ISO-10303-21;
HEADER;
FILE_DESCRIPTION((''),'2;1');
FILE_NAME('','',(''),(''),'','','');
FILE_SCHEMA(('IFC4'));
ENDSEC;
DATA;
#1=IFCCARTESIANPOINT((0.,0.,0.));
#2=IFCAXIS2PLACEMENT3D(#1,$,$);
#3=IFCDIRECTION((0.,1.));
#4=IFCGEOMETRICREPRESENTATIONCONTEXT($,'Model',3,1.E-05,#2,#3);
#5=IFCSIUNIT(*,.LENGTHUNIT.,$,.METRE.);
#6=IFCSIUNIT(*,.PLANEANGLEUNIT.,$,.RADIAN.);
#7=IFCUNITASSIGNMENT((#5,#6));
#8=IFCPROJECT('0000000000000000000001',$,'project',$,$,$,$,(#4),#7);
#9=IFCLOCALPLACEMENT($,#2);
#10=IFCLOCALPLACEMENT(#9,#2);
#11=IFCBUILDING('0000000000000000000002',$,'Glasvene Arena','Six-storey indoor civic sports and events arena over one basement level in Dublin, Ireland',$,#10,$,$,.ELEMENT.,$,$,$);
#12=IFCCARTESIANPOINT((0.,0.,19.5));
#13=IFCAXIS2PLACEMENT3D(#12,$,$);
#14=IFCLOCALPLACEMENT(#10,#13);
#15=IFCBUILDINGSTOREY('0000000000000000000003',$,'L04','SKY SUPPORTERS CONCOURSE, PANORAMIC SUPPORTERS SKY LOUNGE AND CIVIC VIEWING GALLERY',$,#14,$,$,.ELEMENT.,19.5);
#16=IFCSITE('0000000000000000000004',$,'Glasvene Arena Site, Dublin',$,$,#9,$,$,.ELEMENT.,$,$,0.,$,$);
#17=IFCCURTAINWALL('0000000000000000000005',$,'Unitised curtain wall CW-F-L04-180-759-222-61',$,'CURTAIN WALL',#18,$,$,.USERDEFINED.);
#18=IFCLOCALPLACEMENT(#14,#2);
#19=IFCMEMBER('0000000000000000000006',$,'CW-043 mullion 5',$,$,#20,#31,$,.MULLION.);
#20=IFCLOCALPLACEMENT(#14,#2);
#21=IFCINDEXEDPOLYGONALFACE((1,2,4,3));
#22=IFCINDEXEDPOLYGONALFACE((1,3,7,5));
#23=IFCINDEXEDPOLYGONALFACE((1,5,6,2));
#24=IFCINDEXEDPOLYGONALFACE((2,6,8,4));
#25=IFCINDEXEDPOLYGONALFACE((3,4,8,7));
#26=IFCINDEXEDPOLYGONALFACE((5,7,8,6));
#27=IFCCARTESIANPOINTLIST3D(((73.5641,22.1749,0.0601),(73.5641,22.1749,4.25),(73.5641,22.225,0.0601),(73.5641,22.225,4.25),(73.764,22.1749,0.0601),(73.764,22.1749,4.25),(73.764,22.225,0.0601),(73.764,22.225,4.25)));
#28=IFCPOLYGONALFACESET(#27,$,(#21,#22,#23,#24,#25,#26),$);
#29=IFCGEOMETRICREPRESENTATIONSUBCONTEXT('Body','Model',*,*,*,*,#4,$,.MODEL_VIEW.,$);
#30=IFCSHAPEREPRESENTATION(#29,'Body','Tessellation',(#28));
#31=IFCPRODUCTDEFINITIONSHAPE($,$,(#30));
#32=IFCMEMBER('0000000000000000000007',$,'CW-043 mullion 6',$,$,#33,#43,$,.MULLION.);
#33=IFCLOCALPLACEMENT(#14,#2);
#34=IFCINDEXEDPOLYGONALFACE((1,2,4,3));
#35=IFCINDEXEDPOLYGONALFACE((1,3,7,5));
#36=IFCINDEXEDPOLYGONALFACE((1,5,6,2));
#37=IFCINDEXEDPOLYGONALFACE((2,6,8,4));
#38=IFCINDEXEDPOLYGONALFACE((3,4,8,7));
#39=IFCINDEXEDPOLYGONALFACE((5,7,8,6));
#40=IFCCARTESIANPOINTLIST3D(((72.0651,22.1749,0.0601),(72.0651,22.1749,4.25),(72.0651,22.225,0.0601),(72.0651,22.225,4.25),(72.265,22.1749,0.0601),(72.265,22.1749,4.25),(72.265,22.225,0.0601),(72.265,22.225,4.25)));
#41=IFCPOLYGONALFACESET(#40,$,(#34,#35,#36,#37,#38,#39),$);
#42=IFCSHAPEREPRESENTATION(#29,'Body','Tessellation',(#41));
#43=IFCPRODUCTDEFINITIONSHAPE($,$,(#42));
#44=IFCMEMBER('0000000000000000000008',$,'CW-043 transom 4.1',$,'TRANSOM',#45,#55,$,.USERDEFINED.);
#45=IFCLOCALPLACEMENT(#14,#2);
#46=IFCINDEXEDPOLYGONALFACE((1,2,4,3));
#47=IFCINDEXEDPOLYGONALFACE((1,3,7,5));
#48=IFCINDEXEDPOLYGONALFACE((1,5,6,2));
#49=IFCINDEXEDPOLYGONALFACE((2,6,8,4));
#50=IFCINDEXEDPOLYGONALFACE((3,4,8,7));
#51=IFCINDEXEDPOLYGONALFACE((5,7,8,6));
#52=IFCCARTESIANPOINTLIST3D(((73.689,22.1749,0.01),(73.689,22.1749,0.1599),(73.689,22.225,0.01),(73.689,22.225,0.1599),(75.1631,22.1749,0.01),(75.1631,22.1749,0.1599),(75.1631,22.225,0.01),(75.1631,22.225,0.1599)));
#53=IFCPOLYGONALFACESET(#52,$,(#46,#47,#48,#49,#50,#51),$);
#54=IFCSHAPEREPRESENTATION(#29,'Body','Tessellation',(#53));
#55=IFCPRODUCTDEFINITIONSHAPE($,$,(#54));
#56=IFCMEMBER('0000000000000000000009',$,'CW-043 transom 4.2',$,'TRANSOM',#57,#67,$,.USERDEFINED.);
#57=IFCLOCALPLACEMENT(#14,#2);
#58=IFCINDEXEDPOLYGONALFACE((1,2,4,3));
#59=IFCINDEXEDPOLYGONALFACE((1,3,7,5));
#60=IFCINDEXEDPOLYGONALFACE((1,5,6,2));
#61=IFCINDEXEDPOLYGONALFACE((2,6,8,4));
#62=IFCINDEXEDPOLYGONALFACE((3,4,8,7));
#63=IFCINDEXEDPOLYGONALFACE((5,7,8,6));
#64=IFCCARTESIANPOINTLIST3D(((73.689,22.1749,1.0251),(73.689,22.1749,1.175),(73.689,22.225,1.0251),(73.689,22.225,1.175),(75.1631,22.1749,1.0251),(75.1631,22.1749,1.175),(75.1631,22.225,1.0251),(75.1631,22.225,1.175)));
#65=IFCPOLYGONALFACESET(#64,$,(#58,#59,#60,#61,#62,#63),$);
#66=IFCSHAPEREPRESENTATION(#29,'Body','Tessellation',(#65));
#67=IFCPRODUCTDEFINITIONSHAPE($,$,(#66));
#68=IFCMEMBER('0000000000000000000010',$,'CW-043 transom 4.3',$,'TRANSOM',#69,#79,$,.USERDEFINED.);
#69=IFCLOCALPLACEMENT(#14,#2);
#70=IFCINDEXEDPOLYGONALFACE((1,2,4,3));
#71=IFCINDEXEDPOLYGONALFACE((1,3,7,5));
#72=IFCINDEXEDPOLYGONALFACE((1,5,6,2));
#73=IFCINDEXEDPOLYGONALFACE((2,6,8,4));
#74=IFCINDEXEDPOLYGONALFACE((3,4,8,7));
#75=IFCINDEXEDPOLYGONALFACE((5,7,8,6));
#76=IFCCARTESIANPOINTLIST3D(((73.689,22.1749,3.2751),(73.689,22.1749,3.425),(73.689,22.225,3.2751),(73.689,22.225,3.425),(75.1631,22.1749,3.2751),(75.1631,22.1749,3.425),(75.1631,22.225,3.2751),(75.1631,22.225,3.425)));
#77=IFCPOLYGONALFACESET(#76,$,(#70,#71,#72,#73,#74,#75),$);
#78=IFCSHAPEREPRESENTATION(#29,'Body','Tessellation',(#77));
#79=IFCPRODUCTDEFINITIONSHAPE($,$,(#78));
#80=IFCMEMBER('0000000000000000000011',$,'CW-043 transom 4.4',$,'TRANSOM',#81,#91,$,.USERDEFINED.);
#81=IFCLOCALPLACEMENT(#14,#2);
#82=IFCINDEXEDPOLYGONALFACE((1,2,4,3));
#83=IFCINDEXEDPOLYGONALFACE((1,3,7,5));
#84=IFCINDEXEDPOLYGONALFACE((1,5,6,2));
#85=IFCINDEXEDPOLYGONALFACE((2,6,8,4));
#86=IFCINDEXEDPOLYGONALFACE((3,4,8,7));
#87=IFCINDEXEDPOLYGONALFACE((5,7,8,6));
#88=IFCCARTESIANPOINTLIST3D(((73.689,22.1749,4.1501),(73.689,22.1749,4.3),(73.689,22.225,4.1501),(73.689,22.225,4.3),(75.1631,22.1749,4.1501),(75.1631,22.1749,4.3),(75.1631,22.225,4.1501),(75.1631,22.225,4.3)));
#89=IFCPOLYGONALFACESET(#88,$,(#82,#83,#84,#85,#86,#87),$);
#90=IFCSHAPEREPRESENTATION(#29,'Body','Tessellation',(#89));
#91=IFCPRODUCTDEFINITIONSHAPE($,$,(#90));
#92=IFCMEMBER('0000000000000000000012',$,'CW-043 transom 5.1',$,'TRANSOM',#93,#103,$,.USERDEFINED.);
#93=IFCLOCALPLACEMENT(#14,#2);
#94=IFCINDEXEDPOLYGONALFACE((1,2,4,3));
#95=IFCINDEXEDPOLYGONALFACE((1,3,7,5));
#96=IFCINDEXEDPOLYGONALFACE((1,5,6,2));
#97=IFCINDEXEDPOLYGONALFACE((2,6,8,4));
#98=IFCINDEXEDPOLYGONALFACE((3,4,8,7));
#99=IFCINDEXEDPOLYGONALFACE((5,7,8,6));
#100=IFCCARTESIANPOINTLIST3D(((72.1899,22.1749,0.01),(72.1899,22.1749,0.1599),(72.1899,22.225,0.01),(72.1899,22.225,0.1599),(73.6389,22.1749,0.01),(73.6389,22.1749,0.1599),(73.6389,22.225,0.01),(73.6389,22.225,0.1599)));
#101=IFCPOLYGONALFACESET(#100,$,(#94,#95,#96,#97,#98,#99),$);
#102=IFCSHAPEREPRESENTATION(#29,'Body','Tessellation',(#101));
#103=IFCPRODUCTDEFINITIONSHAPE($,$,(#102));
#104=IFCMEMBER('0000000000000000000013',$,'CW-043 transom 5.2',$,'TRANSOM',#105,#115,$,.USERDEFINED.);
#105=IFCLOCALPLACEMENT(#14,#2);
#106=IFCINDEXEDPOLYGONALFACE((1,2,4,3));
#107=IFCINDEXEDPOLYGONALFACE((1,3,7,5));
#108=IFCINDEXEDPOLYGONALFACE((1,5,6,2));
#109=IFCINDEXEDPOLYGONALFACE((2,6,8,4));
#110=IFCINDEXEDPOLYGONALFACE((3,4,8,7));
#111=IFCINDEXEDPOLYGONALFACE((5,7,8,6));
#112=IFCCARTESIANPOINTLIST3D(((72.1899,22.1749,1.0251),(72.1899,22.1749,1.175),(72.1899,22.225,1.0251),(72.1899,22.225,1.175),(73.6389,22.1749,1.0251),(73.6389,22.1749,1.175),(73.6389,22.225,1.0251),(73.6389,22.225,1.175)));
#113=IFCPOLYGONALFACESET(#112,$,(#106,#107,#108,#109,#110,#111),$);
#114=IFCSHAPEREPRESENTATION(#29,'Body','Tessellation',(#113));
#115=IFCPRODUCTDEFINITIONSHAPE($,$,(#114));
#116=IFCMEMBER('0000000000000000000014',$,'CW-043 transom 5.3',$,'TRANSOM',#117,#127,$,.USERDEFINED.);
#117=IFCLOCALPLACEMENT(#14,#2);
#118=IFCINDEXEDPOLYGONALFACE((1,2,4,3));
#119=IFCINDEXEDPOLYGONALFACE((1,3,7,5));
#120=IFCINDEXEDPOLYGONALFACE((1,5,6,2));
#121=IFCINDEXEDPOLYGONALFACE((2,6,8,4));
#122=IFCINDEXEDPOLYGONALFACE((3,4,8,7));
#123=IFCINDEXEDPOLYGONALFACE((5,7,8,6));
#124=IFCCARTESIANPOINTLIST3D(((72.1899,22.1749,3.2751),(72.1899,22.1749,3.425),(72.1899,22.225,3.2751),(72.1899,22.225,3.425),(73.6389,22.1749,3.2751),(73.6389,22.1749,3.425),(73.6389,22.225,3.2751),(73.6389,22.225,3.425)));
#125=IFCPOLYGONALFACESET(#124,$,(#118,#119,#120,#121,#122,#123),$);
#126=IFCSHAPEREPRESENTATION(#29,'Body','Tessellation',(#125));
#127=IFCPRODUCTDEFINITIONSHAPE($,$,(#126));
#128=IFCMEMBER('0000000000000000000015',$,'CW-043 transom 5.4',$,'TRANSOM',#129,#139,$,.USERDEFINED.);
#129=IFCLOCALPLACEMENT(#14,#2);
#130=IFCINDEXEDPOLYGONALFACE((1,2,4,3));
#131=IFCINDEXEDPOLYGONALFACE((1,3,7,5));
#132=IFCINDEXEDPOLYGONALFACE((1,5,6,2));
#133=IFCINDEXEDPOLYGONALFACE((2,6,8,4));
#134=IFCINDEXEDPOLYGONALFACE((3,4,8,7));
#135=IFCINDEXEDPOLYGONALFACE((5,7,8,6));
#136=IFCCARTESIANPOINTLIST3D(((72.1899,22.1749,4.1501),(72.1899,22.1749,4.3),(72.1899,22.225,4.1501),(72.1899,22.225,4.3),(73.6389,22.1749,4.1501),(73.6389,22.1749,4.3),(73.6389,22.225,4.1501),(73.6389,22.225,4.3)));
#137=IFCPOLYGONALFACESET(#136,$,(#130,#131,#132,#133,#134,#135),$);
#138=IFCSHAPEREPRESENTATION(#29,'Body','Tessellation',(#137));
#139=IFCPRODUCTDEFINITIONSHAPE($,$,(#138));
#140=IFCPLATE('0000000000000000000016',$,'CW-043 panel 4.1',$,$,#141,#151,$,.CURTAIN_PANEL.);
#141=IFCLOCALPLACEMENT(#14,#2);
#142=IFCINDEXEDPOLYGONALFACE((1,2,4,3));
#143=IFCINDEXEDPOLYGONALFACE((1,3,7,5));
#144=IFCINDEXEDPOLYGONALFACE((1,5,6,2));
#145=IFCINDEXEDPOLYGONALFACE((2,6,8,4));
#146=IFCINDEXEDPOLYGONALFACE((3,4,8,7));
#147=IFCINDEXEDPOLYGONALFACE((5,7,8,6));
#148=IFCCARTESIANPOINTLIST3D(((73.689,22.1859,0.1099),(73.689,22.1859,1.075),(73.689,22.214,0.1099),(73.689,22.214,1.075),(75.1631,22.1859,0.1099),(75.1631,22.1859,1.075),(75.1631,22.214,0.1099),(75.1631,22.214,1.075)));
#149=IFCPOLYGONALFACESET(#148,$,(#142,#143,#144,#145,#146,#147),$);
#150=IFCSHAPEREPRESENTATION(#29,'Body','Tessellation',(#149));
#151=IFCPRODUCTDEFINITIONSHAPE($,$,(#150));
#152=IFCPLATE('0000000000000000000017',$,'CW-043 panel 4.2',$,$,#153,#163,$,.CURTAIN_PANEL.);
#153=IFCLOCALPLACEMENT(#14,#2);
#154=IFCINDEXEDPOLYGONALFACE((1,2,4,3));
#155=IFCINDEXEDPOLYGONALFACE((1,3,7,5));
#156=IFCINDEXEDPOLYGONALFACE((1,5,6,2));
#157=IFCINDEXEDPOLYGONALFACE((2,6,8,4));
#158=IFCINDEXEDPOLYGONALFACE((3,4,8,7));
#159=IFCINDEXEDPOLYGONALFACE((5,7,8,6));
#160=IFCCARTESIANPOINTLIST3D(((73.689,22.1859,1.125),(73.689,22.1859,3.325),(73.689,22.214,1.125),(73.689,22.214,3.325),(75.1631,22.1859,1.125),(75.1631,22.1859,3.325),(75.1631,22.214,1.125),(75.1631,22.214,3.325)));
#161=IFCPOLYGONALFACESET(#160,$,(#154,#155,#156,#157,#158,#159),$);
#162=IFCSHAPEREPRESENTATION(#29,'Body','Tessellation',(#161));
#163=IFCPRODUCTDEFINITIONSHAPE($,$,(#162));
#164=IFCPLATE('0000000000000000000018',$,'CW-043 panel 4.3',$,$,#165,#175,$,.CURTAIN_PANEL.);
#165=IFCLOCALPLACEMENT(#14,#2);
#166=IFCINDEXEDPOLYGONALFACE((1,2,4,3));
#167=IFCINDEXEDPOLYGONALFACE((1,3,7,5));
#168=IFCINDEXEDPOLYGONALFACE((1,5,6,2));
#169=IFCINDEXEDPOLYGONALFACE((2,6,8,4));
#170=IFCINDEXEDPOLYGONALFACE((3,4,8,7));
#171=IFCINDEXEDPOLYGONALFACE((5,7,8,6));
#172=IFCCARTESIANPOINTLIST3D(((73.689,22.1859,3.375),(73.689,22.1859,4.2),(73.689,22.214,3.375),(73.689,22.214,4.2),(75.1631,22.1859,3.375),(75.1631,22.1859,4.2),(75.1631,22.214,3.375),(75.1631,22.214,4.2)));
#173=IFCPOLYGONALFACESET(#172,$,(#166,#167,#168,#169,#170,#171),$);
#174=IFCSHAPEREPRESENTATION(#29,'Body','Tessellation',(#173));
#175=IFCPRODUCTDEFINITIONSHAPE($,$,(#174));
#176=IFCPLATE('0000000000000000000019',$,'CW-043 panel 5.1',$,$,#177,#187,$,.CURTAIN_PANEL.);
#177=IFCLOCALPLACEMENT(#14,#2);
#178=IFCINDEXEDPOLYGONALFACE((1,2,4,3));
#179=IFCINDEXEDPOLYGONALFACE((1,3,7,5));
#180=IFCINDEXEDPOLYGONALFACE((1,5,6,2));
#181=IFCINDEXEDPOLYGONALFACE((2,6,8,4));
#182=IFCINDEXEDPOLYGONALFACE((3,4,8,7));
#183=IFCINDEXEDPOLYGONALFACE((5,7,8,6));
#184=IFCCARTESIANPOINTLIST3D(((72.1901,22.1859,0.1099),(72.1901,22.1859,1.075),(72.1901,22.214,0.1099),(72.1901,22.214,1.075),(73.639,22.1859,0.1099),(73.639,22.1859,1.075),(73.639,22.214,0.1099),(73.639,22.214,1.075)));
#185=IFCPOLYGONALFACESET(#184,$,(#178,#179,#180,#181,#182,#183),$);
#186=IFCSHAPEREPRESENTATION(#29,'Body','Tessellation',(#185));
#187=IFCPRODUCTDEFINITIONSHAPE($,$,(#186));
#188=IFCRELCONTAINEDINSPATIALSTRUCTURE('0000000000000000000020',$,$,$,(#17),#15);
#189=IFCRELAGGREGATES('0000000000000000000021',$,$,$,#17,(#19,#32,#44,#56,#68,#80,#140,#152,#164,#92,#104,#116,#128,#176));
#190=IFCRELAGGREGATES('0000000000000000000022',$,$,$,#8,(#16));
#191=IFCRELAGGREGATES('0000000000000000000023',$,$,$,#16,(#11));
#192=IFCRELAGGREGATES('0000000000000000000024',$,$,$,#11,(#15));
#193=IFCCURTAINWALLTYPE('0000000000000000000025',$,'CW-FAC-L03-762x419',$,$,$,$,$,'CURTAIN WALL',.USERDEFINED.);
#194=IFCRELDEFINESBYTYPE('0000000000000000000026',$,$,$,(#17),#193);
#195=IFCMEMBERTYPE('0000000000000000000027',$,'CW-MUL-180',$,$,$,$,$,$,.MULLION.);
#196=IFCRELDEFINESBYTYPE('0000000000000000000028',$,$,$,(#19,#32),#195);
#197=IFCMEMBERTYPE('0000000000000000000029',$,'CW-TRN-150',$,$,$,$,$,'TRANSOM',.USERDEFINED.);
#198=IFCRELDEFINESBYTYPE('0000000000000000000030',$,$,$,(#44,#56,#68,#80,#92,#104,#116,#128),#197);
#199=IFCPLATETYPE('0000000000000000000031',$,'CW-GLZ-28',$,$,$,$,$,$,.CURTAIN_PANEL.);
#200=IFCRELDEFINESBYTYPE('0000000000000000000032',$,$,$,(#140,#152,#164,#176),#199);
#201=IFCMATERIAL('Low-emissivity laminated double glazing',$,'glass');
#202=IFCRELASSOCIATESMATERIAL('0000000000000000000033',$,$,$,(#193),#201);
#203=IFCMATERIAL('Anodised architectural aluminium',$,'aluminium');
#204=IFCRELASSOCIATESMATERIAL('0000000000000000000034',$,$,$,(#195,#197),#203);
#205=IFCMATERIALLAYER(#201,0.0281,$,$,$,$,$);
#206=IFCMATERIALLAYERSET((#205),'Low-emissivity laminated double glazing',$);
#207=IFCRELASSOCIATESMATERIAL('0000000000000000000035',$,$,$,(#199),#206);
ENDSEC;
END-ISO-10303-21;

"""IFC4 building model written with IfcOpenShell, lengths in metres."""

from ifc_helpers import new_model, si_unit, direction, frame, origin, origin_2d, place, context, subcontext, project, spatial, rectangle, extrude, material, layer, layer_set, material_profile, profile_set, type_object, element, aggregate, save


model = new_model("IFC4")

# Units and contexts
model_context = context("Model", 3, precision=1e-05, world=origin(), true_north=direction((0.0, 1.0)))
body_context = subcontext(model_context, "Body", "Model", "MODEL_VIEW")
ifc_project = project(units=[si_unit("LENGTHUNIT", "METRE"), si_unit("PLANEANGLEUNIT", "RADIAN")], contexts=[model_context])

# Site, building, storey
site_placement = place(None, origin())
site = spatial("IfcSite", under=ifc_project, at=site_placement, Name="Glasvene Arena Site, Dublin", CompositionType="ELEMENT", RefElevation=0.0)
building_placement = place(site_placement, origin())
building = spatial("IfcBuilding", under=site, at=building_placement, Name="Glasvene Arena", Description="Six-storey indoor civic sports and events arena over one basement level in Dublin, Ireland", CompositionType="ELEMENT")
storey_placement = place(building_placement, frame((0.0, 0.0, 19.5)))
storey = spatial("IfcBuildingStorey", under=building, at=storey_placement, Name="L04", Description="SKY SUPPORTERS CONCOURSE, PANORAMIC SUPPORTERS SKY LOUNGE AND CIVIC VIEWING GALLERY", CompositionType="ELEMENT", Elevation=19.5)

# Curtain wall, members, plates
ifc_material_1 = material(Name="Low-emissivity laminated double glazing", Category="glass")
curtain_wall_type = type_object("IfcCurtainWallType", Name="CW-FAC-L03-762x419", ElementType="CURTAIN WALL", PredefinedType="USERDEFINED", material=ifc_material_1)
curtain_wall_placement = place(storey_placement, frame((79.76, 22.2, 0.0)))
curtain_wall = element("IfcCurtainWall", 1, at=curtain_wall_placement, inside=storey, type_object=curtain_wall_type, Name="Unitised curtain wall CW-F-L04-180-759-222-61", ObjectType="CURTAIN WALL", PredefinedType="USERDEFINED")
ifc_material_2 = material(Name="Anodised architectural aluminium", Category="aluminium")
ifc_material_profile_1 = material_profile(ifc_material_2, rectangle(XDim=0.05, YDim=0.2, at=origin_2d()), Name="ALU MULLION 50x200")
ifc_profile_set_1 = profile_set([ifc_material_profile_1], Name="Anodised architectural aluminium")
member_type_1 = type_object("IfcMemberType", Name="CW-MUL-180", PredefinedType="MULLION", material=ifc_profile_set_1)
member_1_placement = place(storey_placement, frame((73.6641, 22.2, 0.0601), z_axis=(0.0, 0.0, 1.0), x_axis=(0.0, -1.0, 0.0)))
member_1 = element("IfcMember", 2, at=member_1_placement, type_object=member_type_1, Name="CW-043 mullion 5", PredefinedType="MULLION", context=body_context, shape_type="SweptSolid", body=[
    extrude(rectangle(XDim=0.05, YDim=0.2, at=origin_2d()), origin(), (0.0, 0.0, 1.0), 4.1899),
])
member_2_placement = place(storey_placement, frame((72.165, 22.2, 0.0601), z_axis=(0.0, 0.0, 1.0), x_axis=(0.0, -1.0, 0.0)))
member_2 = element("IfcMember", 3, at=member_2_placement, type_object=member_type_1, Name="CW-043 mullion 6", PredefinedType="MULLION", context=body_context, shape_type="SweptSolid", body=[
    extrude(rectangle(XDim=0.05, YDim=0.2, at=origin_2d()), origin(), (0.0, 0.0, 1.0), 4.1899),
])
ifc_material_profile_2 = material_profile(ifc_material_2, rectangle(XDim=0.05, YDim=0.1499, at=origin_2d()), Name="ALU TRANSOM 50x150")
ifc_profile_set_2 = profile_set([ifc_material_profile_2], Name="Anodised architectural aluminium")
member_type_2 = type_object("IfcMemberType", Name="CW-TRN-150", ElementType="TRANSOM", PredefinedType="USERDEFINED", material=ifc_profile_set_2)
member_3_placement = place(storey_placement, frame((75.1631, 22.2, 0.085), z_axis=(-1.0, 0.0, 0.0), x_axis=(0.0, -1.0, 0.0)))
member_3 = element("IfcMember", 4, at=member_3_placement, type_object=member_type_2, Name="CW-043 transom 4.1", ObjectType="TRANSOM", PredefinedType="USERDEFINED", context=body_context, shape_type="SweptSolid", body=[
    extrude(rectangle(XDim=0.05, YDim=0.1499, at=origin_2d()), origin(), (0.0, 0.0, 1.0), 1.4741),
])
member_4_placement = place(storey_placement, frame((75.1631, 22.2, 1.1001), z_axis=(-1.0, 0.0, 0.0), x_axis=(0.0, -1.0, 0.0)))
member_4 = element("IfcMember", 5, at=member_4_placement, type_object=member_type_2, Name="CW-043 transom 4.2", ObjectType="TRANSOM", PredefinedType="USERDEFINED", context=body_context, shape_type="SweptSolid", body=[
    extrude(rectangle(XDim=0.05, YDim=0.1499, at=origin_2d()), origin(), (0.0, 0.0, 1.0), 1.4741),
])
member_5_placement = place(storey_placement, frame((75.1631, 22.2, 3.3501), z_axis=(-1.0, 0.0, 0.0), x_axis=(0.0, -1.0, 0.0)))
member_5 = element("IfcMember", 6, at=member_5_placement, type_object=member_type_2, Name="CW-043 transom 4.3", ObjectType="TRANSOM", PredefinedType="USERDEFINED", context=body_context, shape_type="SweptSolid", body=[
    extrude(rectangle(XDim=0.05, YDim=0.1499, at=origin_2d()), origin(), (0.0, 0.0, 1.0), 1.4741),
])
member_6_placement = place(storey_placement, frame((75.1631, 22.2, 4.2251), z_axis=(-1.0, 0.0, 0.0), x_axis=(0.0, -1.0, 0.0)))
member_6 = element("IfcMember", 7, at=member_6_placement, type_object=member_type_2, Name="CW-043 transom 4.4", ObjectType="TRANSOM", PredefinedType="USERDEFINED", context=body_context, shape_type="SweptSolid", body=[
    extrude(rectangle(XDim=0.05, YDim=0.1499, at=origin_2d()), origin(), (0.0, 0.0, 1.0), 1.4741),
])
member_7_placement = place(storey_placement, frame((73.6389, 22.2, 0.085), z_axis=(-1.0, 0.0, 0.0), x_axis=(0.0, -1.0, 0.0)))
member_7 = element("IfcMember", 8, at=member_7_placement, type_object=member_type_2, Name="CW-043 transom 5.1", ObjectType="TRANSOM", PredefinedType="USERDEFINED", context=body_context, shape_type="SweptSolid", body=[
    extrude(rectangle(XDim=0.05, YDim=0.1499, at=origin_2d()), origin(), (0.0, 0.0, 1.0), 1.449),
])
member_8_placement = place(storey_placement, frame((73.6389, 22.2, 1.1001), z_axis=(-1.0, 0.0, 0.0), x_axis=(0.0, -1.0, 0.0)))
member_8 = element("IfcMember", 9, at=member_8_placement, type_object=member_type_2, Name="CW-043 transom 5.2", ObjectType="TRANSOM", PredefinedType="USERDEFINED", context=body_context, shape_type="SweptSolid", body=[
    extrude(rectangle(XDim=0.05, YDim=0.1499, at=origin_2d()), origin(), (0.0, 0.0, 1.0), 1.449),
])
member_9_placement = place(storey_placement, frame((73.6389, 22.2, 3.3501), z_axis=(-1.0, 0.0, 0.0), x_axis=(0.0, -1.0, 0.0)))
member_9 = element("IfcMember", 10, at=member_9_placement, type_object=member_type_2, Name="CW-043 transom 5.3", ObjectType="TRANSOM", PredefinedType="USERDEFINED", context=body_context, shape_type="SweptSolid", body=[
    extrude(rectangle(XDim=0.05, YDim=0.1499, at=origin_2d()), origin(), (0.0, 0.0, 1.0), 1.449),
])
member_10_placement = place(storey_placement, frame((73.6389, 22.2, 4.2251), z_axis=(-1.0, 0.0, 0.0), x_axis=(0.0, -1.0, 0.0)))
member_10 = element("IfcMember", 11, at=member_10_placement, type_object=member_type_2, Name="CW-043 transom 5.4", ObjectType="TRANSOM", PredefinedType="USERDEFINED", context=body_context, shape_type="SweptSolid", body=[
    extrude(rectangle(XDim=0.05, YDim=0.1499, at=origin_2d()), origin(), (0.0, 0.0, 1.0), 1.449),
])
ifc_layer_1 = layer(ifc_material_1, 0.0281)
ifc_layer_set_1 = layer_set([ifc_layer_1], Name="Low-emissivity laminated double glazing")
plate_type = type_object("IfcPlateType", Name="CW-GLZ-28", PredefinedType="CURTAIN_PANEL", material=ifc_layer_set_1)
plate_1_placement = place(storey_placement, frame((74.426, 22.2, 0.1099), z_axis=(0.0, 0.0, 1.0), x_axis=(-1.0, 0.0, 0.0)))
plate_1 = element("IfcPlate", 12, at=plate_1_placement, type_object=plate_type, Name="CW-043 panel 4.1", PredefinedType="CURTAIN_PANEL", context=body_context, shape_type="SweptSolid", body=[
    extrude(rectangle(XDim=1.4741, YDim=0.0281, at=origin_2d()), origin(), (0.0, 0.0, 1.0), 0.9651),
])
plate_2_placement = place(storey_placement, frame((74.426, 22.2, 1.125), z_axis=(0.0, 0.0, 1.0), x_axis=(-1.0, 0.0, 0.0)))
plate_2 = element("IfcPlate", 13, at=plate_2_placement, type_object=plate_type, Name="CW-043 panel 4.2", PredefinedType="CURTAIN_PANEL", context=body_context, shape_type="SweptSolid", body=[
    extrude(rectangle(XDim=1.4741, YDim=0.0281, at=origin_2d()), origin(), (0.0, 0.0, 1.0), 2.2),
])
plate_3_placement = place(storey_placement, frame((74.426, 22.2, 3.375), z_axis=(0.0, 0.0, 1.0), x_axis=(-1.0, 0.0, 0.0)))
plate_3 = element("IfcPlate", 14, at=plate_3_placement, type_object=plate_type, Name="CW-043 panel 4.3", PredefinedType="CURTAIN_PANEL", context=body_context, shape_type="SweptSolid", body=[
    extrude(rectangle(XDim=1.4741, YDim=0.0281, at=origin_2d()), origin(), (0.0, 0.0, 1.0), 0.825),
])
plate_4_placement = place(storey_placement, frame((72.9146, 22.2, 0.1099), z_axis=(0.0, 0.0, 1.0), x_axis=(-1.0, 0.0, 0.0)))
plate_4 = element("IfcPlate", 15, at=plate_4_placement, type_object=plate_type, Name="CW-043 panel 5.1", PredefinedType="CURTAIN_PANEL", context=body_context, shape_type="SweptSolid", body=[
    extrude(rectangle(XDim=1.449, YDim=0.0281, at=origin_2d()), origin(), (0.0, 0.0, 1.0), 0.9651),
])
aggregate(curtain_wall, [member_1, member_2, member_3, member_4, member_5, member_6, plate_1, plate_2, plate_3, member_7, member_8, member_9, member_10, plate_4])

save(model, "model.ifc")
